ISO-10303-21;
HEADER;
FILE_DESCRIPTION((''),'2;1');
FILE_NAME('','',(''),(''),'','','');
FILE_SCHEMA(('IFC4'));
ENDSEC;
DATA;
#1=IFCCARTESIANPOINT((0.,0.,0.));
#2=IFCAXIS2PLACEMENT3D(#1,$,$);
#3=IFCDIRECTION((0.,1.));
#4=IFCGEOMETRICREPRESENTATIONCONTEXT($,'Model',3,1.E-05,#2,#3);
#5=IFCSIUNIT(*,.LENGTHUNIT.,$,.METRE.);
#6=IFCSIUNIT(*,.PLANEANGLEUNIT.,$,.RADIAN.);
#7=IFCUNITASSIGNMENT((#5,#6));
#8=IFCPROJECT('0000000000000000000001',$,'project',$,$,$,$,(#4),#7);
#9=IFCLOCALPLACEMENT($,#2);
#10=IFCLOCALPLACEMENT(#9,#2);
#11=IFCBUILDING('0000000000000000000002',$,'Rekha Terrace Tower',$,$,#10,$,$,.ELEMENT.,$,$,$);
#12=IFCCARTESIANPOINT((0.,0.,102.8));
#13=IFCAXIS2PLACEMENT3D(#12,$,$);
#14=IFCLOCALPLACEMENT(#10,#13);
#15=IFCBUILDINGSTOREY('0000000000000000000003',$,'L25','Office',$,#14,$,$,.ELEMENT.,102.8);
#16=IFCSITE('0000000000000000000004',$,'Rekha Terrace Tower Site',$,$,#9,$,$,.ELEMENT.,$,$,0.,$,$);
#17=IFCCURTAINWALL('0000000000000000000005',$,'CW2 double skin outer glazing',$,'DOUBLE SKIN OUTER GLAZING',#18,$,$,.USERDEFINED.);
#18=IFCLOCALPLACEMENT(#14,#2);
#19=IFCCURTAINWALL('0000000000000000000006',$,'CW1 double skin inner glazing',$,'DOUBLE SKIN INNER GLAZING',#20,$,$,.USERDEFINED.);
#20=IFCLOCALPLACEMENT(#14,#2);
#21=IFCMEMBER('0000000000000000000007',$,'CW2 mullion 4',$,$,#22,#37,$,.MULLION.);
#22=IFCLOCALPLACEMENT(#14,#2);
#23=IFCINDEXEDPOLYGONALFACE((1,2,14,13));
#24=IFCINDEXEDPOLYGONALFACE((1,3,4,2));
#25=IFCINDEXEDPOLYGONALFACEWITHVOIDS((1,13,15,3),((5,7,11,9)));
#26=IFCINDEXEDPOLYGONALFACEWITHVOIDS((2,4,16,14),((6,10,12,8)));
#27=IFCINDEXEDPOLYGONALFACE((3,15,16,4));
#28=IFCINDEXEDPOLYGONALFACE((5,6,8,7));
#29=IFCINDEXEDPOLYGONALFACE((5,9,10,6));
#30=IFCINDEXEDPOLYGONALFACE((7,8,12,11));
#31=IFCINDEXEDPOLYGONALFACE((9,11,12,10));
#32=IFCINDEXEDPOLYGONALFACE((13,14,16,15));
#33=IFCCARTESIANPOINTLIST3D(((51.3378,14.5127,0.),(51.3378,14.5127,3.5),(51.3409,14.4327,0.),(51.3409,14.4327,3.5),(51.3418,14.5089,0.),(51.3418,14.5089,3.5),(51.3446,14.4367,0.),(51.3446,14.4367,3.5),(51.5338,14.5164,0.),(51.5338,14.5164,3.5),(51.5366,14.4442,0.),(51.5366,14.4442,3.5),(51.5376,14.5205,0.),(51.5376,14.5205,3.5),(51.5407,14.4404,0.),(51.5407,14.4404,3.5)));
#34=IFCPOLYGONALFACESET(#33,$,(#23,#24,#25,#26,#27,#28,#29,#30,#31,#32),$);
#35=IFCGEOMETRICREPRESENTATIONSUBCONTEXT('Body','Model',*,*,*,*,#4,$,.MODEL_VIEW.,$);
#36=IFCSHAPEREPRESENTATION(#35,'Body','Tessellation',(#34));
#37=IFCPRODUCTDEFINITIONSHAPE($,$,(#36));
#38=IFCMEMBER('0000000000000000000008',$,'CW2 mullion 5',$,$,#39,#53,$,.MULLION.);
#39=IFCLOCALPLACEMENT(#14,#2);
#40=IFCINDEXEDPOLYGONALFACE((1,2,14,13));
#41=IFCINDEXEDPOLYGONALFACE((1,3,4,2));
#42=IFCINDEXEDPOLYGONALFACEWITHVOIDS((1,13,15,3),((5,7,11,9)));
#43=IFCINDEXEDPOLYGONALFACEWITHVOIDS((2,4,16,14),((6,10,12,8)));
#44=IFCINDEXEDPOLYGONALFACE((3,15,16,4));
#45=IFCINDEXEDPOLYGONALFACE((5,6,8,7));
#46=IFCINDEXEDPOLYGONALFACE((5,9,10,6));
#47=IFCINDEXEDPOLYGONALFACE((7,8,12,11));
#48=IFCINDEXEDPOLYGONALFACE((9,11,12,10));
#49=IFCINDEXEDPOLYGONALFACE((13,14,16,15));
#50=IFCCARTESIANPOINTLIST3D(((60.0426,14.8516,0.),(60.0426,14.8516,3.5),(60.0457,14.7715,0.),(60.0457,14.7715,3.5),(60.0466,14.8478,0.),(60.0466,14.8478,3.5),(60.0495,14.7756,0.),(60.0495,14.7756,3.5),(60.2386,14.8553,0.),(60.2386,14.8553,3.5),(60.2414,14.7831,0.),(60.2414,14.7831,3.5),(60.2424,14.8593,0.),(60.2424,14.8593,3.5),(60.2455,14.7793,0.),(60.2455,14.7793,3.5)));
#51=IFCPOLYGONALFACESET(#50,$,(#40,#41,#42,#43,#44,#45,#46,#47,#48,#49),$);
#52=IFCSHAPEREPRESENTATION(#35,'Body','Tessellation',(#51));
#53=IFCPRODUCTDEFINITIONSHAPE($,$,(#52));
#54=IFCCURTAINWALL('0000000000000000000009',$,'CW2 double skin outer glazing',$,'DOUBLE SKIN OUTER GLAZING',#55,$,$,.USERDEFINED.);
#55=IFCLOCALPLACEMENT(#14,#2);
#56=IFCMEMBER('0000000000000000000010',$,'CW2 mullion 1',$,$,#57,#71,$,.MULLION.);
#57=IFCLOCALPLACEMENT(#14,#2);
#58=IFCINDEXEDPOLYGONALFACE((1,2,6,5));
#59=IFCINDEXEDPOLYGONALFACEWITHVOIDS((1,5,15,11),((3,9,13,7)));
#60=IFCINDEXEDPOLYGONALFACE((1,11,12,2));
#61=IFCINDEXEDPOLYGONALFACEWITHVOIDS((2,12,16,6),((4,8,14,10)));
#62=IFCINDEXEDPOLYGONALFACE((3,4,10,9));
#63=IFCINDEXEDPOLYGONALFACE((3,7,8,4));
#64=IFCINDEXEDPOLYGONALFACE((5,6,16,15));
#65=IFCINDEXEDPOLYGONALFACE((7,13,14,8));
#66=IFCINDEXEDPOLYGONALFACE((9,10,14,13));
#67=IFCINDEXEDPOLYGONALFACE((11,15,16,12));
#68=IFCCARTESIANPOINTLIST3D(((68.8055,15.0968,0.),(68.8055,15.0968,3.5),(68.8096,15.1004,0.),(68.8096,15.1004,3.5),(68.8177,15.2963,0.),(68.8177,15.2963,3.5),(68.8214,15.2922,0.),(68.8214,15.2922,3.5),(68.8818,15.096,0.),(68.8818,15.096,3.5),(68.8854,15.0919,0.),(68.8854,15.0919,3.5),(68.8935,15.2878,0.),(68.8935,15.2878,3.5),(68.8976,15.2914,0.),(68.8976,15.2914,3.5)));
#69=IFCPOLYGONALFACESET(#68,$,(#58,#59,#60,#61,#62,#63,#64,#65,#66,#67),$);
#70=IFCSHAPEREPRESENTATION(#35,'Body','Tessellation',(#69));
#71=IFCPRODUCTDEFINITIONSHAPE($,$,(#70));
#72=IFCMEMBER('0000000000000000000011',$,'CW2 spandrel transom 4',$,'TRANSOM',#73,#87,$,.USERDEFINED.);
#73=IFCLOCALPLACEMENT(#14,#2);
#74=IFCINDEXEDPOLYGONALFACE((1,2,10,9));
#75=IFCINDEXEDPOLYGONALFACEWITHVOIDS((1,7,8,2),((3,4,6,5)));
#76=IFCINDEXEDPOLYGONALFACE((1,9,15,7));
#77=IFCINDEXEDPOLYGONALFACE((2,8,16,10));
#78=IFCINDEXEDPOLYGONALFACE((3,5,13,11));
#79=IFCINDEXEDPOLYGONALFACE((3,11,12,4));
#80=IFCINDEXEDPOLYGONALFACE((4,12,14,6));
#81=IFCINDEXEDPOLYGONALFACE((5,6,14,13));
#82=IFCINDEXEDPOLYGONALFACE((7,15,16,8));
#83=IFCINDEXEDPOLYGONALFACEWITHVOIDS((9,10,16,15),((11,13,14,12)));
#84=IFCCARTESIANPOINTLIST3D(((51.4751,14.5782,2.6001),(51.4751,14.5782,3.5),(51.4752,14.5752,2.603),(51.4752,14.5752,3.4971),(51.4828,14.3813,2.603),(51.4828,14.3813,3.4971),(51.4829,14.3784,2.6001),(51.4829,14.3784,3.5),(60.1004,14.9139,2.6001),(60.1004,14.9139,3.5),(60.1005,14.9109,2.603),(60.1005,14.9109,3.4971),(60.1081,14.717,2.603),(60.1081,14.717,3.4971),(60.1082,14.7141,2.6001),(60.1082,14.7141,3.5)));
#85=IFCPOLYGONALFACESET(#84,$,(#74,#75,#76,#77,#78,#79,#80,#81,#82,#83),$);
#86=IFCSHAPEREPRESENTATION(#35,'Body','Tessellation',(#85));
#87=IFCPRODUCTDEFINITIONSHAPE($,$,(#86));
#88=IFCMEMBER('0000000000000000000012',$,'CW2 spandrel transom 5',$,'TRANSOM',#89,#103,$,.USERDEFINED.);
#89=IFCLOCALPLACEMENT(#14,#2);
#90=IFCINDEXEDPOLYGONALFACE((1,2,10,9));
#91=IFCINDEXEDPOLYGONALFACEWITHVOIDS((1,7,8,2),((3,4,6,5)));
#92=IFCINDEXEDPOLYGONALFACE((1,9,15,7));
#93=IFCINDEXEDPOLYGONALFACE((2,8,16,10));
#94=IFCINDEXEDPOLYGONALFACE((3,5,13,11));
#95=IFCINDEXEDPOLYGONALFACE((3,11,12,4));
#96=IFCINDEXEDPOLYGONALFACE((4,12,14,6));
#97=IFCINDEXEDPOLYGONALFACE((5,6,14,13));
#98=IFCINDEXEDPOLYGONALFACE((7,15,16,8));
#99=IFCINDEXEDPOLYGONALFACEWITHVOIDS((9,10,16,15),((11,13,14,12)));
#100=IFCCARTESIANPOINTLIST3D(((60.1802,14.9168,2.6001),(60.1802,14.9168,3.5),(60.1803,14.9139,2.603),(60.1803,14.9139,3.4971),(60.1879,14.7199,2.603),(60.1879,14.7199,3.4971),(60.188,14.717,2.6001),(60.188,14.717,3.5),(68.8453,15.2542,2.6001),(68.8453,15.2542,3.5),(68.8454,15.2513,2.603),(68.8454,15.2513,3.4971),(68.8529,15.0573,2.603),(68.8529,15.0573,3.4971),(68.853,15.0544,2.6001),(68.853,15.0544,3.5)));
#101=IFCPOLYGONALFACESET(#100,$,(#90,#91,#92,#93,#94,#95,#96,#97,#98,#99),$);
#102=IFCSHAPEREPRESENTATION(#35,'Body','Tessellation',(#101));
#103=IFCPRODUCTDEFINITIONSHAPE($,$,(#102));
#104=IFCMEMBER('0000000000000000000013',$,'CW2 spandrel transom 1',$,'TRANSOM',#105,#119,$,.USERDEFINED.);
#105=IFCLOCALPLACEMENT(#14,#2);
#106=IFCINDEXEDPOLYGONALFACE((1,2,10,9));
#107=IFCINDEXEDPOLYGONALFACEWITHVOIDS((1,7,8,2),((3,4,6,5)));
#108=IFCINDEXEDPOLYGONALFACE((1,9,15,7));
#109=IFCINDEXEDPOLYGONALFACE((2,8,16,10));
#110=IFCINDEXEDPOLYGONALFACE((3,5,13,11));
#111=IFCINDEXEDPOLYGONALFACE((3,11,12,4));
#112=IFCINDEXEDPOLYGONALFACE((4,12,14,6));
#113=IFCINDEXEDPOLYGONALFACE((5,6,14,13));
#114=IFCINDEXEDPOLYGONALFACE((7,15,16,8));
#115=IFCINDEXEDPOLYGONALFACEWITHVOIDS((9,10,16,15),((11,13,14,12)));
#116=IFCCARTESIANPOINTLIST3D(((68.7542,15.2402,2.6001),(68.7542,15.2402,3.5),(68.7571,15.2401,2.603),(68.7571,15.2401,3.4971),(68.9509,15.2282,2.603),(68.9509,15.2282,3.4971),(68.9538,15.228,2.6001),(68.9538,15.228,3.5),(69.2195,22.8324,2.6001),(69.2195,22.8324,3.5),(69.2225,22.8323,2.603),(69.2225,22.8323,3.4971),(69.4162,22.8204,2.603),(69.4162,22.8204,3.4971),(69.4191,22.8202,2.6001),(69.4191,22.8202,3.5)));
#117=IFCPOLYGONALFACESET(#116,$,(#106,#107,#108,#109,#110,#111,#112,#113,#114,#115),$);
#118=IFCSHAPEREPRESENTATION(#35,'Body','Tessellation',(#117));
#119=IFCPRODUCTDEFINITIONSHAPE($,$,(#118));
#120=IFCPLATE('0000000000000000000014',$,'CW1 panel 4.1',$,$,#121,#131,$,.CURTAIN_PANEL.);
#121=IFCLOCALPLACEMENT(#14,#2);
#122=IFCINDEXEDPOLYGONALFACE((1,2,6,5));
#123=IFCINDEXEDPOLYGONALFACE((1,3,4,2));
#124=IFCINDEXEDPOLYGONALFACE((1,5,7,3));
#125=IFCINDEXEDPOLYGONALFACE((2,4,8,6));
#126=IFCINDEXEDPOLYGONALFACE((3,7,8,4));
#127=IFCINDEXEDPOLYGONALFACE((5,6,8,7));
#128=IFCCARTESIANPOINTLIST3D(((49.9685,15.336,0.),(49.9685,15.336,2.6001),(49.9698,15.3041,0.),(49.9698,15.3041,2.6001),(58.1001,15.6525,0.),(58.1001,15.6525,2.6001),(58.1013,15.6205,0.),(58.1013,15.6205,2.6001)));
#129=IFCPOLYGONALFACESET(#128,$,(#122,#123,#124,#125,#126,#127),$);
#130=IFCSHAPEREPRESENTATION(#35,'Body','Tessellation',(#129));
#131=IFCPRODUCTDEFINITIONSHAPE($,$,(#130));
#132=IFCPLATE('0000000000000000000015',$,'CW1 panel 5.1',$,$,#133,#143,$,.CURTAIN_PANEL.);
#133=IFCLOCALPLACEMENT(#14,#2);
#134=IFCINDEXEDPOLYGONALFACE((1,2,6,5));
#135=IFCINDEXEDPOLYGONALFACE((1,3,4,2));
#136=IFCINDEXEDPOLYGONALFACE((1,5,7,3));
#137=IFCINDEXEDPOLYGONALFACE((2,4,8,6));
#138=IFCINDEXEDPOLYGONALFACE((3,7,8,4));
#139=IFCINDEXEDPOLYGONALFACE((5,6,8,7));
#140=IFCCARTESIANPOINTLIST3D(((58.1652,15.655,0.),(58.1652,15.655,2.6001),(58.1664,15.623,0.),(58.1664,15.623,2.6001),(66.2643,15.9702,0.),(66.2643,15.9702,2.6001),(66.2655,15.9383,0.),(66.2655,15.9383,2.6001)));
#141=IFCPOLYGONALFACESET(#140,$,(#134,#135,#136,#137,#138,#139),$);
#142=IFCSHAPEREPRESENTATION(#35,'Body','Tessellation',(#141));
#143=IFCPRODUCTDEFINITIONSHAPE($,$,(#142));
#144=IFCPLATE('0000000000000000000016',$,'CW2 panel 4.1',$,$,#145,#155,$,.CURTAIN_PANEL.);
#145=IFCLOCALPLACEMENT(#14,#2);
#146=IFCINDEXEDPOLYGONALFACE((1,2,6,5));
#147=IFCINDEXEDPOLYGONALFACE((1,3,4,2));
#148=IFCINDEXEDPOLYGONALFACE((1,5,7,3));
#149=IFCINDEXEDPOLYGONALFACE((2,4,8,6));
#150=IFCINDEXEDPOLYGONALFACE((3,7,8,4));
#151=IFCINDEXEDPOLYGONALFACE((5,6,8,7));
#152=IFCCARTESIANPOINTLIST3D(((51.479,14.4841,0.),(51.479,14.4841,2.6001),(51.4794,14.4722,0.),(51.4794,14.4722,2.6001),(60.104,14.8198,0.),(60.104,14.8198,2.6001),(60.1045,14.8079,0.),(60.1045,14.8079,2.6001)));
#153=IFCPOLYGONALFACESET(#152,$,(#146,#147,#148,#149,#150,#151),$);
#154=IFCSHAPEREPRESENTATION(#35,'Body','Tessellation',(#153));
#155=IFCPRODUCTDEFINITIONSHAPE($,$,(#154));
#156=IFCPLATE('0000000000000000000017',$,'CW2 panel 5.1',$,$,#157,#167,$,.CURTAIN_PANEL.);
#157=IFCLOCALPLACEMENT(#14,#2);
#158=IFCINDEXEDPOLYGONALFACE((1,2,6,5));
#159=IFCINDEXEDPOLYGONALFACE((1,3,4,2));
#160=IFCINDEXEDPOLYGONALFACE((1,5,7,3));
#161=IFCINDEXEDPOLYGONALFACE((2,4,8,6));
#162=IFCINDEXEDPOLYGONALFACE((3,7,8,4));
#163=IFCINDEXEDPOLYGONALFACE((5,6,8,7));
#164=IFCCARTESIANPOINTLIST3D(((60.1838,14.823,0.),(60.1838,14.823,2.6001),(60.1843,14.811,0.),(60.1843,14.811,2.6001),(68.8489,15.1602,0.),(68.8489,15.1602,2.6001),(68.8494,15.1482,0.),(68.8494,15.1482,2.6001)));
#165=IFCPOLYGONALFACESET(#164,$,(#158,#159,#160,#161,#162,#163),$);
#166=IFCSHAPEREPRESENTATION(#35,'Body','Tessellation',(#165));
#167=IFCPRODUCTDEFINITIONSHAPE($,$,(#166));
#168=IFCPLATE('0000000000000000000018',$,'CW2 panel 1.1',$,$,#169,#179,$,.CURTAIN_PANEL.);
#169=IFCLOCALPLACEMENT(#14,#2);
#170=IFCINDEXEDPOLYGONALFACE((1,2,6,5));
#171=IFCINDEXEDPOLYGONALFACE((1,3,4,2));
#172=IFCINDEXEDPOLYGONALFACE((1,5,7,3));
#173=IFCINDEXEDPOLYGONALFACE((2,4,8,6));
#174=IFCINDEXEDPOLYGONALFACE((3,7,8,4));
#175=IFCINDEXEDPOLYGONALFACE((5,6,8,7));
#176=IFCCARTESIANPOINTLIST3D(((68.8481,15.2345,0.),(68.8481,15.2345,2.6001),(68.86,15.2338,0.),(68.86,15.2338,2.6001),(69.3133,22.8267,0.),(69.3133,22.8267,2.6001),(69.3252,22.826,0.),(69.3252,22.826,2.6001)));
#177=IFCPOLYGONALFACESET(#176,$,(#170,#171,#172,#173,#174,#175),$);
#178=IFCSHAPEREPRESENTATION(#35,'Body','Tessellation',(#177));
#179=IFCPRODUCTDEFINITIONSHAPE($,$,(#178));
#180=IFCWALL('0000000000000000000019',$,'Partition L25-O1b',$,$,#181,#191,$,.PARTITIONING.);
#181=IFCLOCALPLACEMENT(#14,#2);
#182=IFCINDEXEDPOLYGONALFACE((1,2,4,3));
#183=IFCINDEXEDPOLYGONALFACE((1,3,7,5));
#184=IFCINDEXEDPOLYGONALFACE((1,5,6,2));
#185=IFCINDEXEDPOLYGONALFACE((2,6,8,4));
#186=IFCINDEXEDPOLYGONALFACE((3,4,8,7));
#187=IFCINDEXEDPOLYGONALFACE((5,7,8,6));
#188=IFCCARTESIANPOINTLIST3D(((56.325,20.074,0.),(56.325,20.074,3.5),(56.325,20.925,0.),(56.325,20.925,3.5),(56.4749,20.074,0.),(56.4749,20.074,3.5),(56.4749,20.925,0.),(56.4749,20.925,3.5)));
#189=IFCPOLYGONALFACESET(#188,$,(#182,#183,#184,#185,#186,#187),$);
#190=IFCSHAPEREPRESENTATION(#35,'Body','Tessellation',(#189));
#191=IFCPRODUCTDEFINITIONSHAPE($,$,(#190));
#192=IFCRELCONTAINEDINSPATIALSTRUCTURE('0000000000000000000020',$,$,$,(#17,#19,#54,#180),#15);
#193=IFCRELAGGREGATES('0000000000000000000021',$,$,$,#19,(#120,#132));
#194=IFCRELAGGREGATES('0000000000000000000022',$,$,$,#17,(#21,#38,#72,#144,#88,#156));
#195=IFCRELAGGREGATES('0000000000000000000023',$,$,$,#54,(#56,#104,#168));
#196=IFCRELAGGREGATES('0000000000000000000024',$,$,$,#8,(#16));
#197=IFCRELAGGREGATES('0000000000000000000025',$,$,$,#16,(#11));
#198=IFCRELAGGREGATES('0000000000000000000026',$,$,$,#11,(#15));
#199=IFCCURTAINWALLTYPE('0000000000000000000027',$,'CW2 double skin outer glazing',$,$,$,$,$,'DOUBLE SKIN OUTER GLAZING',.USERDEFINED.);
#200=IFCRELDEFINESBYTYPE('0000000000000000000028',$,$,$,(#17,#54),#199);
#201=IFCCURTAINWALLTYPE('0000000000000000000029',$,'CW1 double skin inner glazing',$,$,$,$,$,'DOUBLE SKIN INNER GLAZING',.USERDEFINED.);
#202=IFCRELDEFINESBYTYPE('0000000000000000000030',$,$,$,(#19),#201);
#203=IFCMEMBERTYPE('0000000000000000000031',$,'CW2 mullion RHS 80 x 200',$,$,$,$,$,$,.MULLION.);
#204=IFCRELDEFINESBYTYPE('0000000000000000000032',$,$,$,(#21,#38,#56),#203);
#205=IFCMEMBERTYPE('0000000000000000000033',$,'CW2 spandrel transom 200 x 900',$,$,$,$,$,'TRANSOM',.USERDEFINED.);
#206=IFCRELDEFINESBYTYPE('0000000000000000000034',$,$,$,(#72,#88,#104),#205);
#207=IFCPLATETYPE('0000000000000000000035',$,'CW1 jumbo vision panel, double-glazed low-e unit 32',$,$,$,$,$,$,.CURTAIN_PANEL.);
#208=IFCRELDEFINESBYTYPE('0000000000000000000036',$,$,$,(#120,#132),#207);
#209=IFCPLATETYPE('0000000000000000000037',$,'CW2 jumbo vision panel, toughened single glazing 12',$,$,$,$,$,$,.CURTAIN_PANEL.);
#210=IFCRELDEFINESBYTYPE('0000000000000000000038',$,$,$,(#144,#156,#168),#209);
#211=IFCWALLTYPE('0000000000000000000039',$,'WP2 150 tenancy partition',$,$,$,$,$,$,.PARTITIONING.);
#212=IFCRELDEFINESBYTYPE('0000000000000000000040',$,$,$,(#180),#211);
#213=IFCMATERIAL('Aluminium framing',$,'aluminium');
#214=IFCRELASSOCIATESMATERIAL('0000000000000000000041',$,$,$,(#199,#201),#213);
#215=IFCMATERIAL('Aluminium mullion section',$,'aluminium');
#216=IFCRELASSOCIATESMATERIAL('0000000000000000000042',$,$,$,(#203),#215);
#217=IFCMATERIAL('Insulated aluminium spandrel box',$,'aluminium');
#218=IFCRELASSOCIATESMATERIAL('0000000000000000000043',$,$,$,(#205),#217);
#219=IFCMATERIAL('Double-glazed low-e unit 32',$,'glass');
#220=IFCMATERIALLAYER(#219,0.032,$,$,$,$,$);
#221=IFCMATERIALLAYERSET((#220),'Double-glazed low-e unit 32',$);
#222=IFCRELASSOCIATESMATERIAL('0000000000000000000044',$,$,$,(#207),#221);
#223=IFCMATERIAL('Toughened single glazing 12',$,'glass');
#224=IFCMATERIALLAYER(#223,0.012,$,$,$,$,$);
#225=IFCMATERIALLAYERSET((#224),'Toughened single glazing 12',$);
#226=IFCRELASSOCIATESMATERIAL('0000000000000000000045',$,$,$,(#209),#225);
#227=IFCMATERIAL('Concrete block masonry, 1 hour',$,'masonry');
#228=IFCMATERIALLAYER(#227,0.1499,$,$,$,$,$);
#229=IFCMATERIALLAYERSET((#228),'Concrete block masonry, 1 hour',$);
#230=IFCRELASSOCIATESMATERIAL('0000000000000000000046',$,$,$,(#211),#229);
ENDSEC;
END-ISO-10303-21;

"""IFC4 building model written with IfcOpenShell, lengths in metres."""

from ifc_helpers import new_model, si_unit, direction, frame, frame_2d, origin, origin_2d, place, context, subcontext, project, spatial, rectangle, hollow_rectangle, extrude, material, layer, layer_set, material_profile, profile_set, type_object, element, aggregate, save


model = new_model("IFC4")

# Units and contexts
model_context = context("Model", 3, precision=1e-05, world=origin(), true_north=direction((0.0, 1.0)))
body_context = subcontext(model_context, "Body", "Model", "MODEL_VIEW")
ifc_project = project(units=[si_unit("LENGTHUNIT", "METRE"), si_unit("PLANEANGLEUNIT", "RADIAN")], contexts=[model_context])

# Site, building, storey
site_placement = place(None, origin())
site = spatial("IfcSite", under=ifc_project, at=site_placement, Name="Rekha Terrace Tower Site", CompositionType="ELEMENT", RefElevation=0.0)
building_placement = place(site_placement, origin())
building = spatial("IfcBuilding", under=site, at=building_placement, Name="Rekha Terrace Tower", CompositionType="ELEMENT")
storey_placement = place(building_placement, frame((0.0, 0.0, 102.8)))
storey = spatial("IfcBuildingStorey", under=building, at=storey_placement, Name="L25", Description="Office", CompositionType="ELEMENT", Elevation=102.8)

# Curtain walls
ifc_material_1 = material(Name="Aluminium framing", Category="aluminium")
curtain_wall_type_1 = type_object("IfcCurtainWallType", Name="CW2 double skin outer glazing", ElementType="DOUBLE SKIN OUTER GLAZING", PredefinedType="USERDEFINED", material=ifc_material_1)
curtain_wall_1_placement = place(storey_placement, origin())
curtain_wall_1 = element("IfcCurtainWall", 1, at=curtain_wall_1_placement, inside=storey, type_object=curtain_wall_type_1, Name="CW2 double skin outer glazing", ObjectType="DOUBLE SKIN OUTER GLAZING", PredefinedType="USERDEFINED")
curtain_wall_type_2 = type_object("IfcCurtainWallType", Name="CW1 double skin inner glazing", ElementType="DOUBLE SKIN INNER GLAZING", PredefinedType="USERDEFINED", material=ifc_material_1)
curtain_wall_2_placement = place(storey_placement, origin())
curtain_wall_2 = element("IfcCurtainWall", 2, at=curtain_wall_2_placement, inside=storey, type_object=curtain_wall_type_2, Name="CW1 double skin inner glazing", ObjectType="DOUBLE SKIN INNER GLAZING", PredefinedType="USERDEFINED")
ifc_material_2 = material(Name="Aluminium mullion section", Category="aluminium")

# Members
ifc_material_3 = material(Name="Insulated aluminium spandrel box", Category="aluminium")
ifc_material_profile_1 = material_profile(ifc_material_2, hollow_rectangle(XDim=0.0801, YDim=0.2, WallThickness=0.0039, at=origin_2d()), Name="AL RHS 80x200")
ifc_profile_set_1 = profile_set([ifc_material_profile_1], Name="Aluminium mullion section")
member_type_1 = type_object("IfcMemberType", Name="CW2 mullion RHS 80 x 200", PredefinedType="MULLION", material=ifc_profile_set_1)
member_1_placement = place(storey_placement, frame((51.4392, 14.4766, 0.0), z_axis=(0.0, 0.0, 1.0), x_axis=(-0.03889, 0.999243, 0.0)))
member_1 = element("IfcMember", 3, at=member_1_placement, type_object=member_type_1, Name="CW2 mullion 4", PredefinedType="MULLION", context=body_context, shape_type="SweptSolid", body=[
    extrude(hollow_rectangle(XDim=0.0801, YDim=0.2, WallThickness=0.0039, at=origin_2d()), origin(), (0.0, 0.0, 1.0), 3.5),
])
member_2_placement = place(storey_placement, frame((60.144, 14.8154, 0.0), z_axis=(0.0, 0.0, 1.0), x_axis=(-0.03889, 0.999243, 0.0)))
member_2 = element("IfcMember", 4, at=member_2_placement, type_object=member_type_1, Name="CW2 mullion 5", PredefinedType="MULLION", context=body_context, shape_type="SweptSolid", body=[
    extrude(hollow_rectangle(XDim=0.0801, YDim=0.2, WallThickness=0.0039, at=origin_2d()), origin(), (0.0, 0.0, 1.0), 3.5),
])

# Curtain wall, member
curtain_wall_3_placement = place(storey_placement, origin())
curtain_wall_3 = element("IfcCurtainWall", 5, at=curtain_wall_3_placement, inside=storey, type_object=curtain_wall_type_1, Name="CW2 double skin outer glazing", ObjectType="DOUBLE SKIN OUTER GLAZING", PredefinedType="USERDEFINED")
member_3_placement = place(storey_placement, frame((68.8516, 15.1941, 0.0), z_axis=(0.0, 0.0, 1.0), x_axis=(-0.998128, 0.06116, 0.0)))
member_3 = element("IfcMember", 6, at=member_3_placement, type_object=member_type_1, Name="CW2 mullion 1", PredefinedType="MULLION", context=body_context, shape_type="SweptSolid", body=[
    extrude(hollow_rectangle(XDim=0.0801, YDim=0.2, WallThickness=0.0039, at=origin_2d()), origin(), (0.0, 0.0, 1.0), 3.5),
])

# Members
ifc_material_profile_2 = material_profile(ifc_material_3, hollow_rectangle(XDim=0.2, YDim=0.8999, WallThickness=0.0029, at=origin_2d()), Name="AL SPANDREL BOX 200x900")
ifc_profile_set_2 = profile_set([ifc_material_profile_2], Name="Insulated aluminium spandrel box")
member_type_2 = type_object("IfcMemberType", Name="CW2 spandrel transom 200 x 900", ElementType="TRANSOM", PredefinedType="USERDEFINED", material=ifc_profile_set_2)
member_4_placement = place(storey_placement, frame((51.479, 14.4783, 3.05), z_axis=(0.999243, 0.03889, 0.0), x_axis=(-0.03889, 0.999243, 0.0)))
member_4 = element("IfcMember", 7, at=member_4_placement, type_object=member_type_2, Name="CW2 spandrel transom 4", ObjectType="TRANSOM", PredefinedType="USERDEFINED", context=body_context, shape_type="SweptSolid", body=[
    extrude(hollow_rectangle(XDim=0.2, YDim=0.8999, WallThickness=0.0029, at=origin_2d()), origin(), (0.0, 0.0, 1.0), 8.6318),
])
member_5_placement = place(storey_placement, frame((60.1841, 14.8169, 3.05), z_axis=(0.999243, 0.038909, 0.0), x_axis=(-0.038909, 0.999243, 0.0)))
member_5 = element("IfcMember", 8, at=member_5_placement, type_object=member_type_2, Name="CW2 spandrel transom 5", ObjectType="TRANSOM", PredefinedType="USERDEFINED", context=body_context, shape_type="SweptSolid", body=[
    extrude(hollow_rectangle(XDim=0.2, YDim=0.8999, WallThickness=0.0029, at=origin_2d()), origin(), (0.0, 0.0, 1.0), 8.6716),
])
member_6_placement = place(storey_placement, frame((68.854, 15.2341, 3.05), z_axis=(0.061175, 0.998127, 0.0), x_axis=(-0.998127, 0.061175, 0.0)))
member_6 = element("IfcMember", 9, at=member_6_placement, type_object=member_type_2, Name="CW2 spandrel transom 1", ObjectType="TRANSOM", PredefinedType="USERDEFINED", context=body_context, shape_type="SweptSolid", body=[
    extrude(hollow_rectangle(XDim=0.2, YDim=0.8999, WallThickness=0.0029, at=origin_2d()), origin(), (0.0, 0.0, 1.0), 7.6064),
])

# Plates
ifc_material_4 = material(Name="Double-glazed low-e unit 32", Category="glass")
ifc_layer_1 = layer(ifc_material_4, 0.032)
ifc_layer_set_1 = layer_set([ifc_layer_1], Name="Double-glazed low-e unit 32")
plate_type_1 = type_object("IfcPlateType", Name="CW1 jumbo vision panel, double-glazed low-e unit 32", PredefinedType="CURTAIN_PANEL", material=ifc_layer_set_1)
plate_1_placement = place(storey_placement, frame((54.0349, 15.4783, 0.0), z_axis=(0.0, 0.0, 1.0), x_axis=(0.999243, 0.03889, 0.0)))
plate_1 = element("IfcPlate", 10, at=plate_1_placement, type_object=plate_type_1, Name="CW1 panel 4.1", PredefinedType="CURTAIN_PANEL", context=body_context, shape_type="SweptSolid", body=[
    extrude(rectangle(XDim=8.1377, YDim=0.032, at=origin_2d()), origin(), (0.0, 0.0, 1.0), 2.6001),
])
plate_2_placement = place(storey_placement, frame((62.2153, 15.7966, 0.0), z_axis=(0.0, 0.0, 1.0), x_axis=(0.999243, 0.03889, 0.0)))
plate_2 = element("IfcPlate", 11, at=plate_2_placement, type_object=plate_type_1, Name="CW1 panel 5.1", PredefinedType="CURTAIN_PANEL", context=body_context, shape_type="SweptSolid", body=[
    extrude(rectangle(XDim=8.1052, YDim=0.032, at=origin_2d()), origin(), (0.0, 0.0, 1.0), 2.6001),
])
aggregate(curtain_wall_2, [plate_1, plate_2])
ifc_material_5 = material(Name="Toughened single glazing 12", Category="glass")
ifc_layer_2 = layer(ifc_material_5, 0.012)
ifc_layer_set_2 = layer_set([ifc_layer_2], Name="Toughened single glazing 12")
plate_type_2 = type_object("IfcPlateType", Name="CW2 jumbo vision panel, toughened single glazing 12", PredefinedType="CURTAIN_PANEL", material=ifc_layer_set_2)
plate_3_placement = place(storey_placement, frame((55.7917, 14.646, 0.0), z_axis=(0.0, 0.0, 1.0), x_axis=(0.999243, 0.03889, 0.0)))
plate_3 = element("IfcPlate", 12, at=plate_3_placement, type_object=plate_type_2, Name="CW2 panel 4.1", PredefinedType="CURTAIN_PANEL", context=body_context, shape_type="SweptSolid", body=[
    extrude(rectangle(XDim=8.6316, YDim=0.012, at=origin_2d()), origin(), (0.0, 0.0, 1.0), 2.6001),
])
plate_4_placement = place(storey_placement, frame((64.5166, 14.9856, 0.0), z_axis=(0.0, 0.0, 1.0), x_axis=(0.999243, 0.03889, 0.0)))
plate_4 = element("IfcPlate", 13, at=plate_4_placement, type_object=plate_type_2, Name="CW2 panel 5.1", PredefinedType="CURTAIN_PANEL", context=body_context, shape_type="SweptSolid", body=[
    extrude(rectangle(XDim=8.6716, YDim=0.012, at=origin_2d()), origin(), (0.0, 0.0, 1.0), 2.6001),
])
aggregate(curtain_wall_1, [member_1, member_2, member_4, plate_3, member_5, plate_4])
plate_5_placement = place(storey_placement, frame((69.0867, 19.0303, 0.0), z_axis=(0.0, 0.0, 1.0), x_axis=(0.06116, 0.998128, 0.0)))
plate_5 = element("IfcPlate", 14, at=plate_5_placement, type_object=plate_type_2, Name="CW2 panel 1.1", PredefinedType="CURTAIN_PANEL", context=body_context, shape_type="SweptSolid", body=[
    extrude(rectangle(XDim=7.6064, YDim=0.012, at=origin_2d()), origin(), (0.0, 0.0, 1.0), 2.6001),
])
aggregate(curtain_wall_3, [member_3, member_6, plate_5])

# Wall
ifc_material_6 = material(Name="Concrete block masonry, 1 hour", Category="masonry")
ifc_layer_3 = layer(ifc_material_6, 0.1499)
ifc_layer_set_3 = layer_set([ifc_layer_3], Name="Concrete block masonry, 1 hour")
wall_type_1 = type_object("IfcWallType", Name="WP2 150 tenancy partition", PredefinedType="PARTITIONING", material=ifc_layer_set_3)
wall_1_placement = place(storey_placement, frame((56.3999, 20.074, 0.0), z_axis=(0.0, 0.0, 1.0), x_axis=(0.0, 1.0, 0.0)))
element("IfcWall", 15, at=wall_1_placement, inside=storey, type_object=wall_type_1, Name="Partition L25-O1b", PredefinedType="PARTITIONING", context=body_context, shape_type="SweptSolid", body=[
    extrude(rectangle(XDim=0.8511, YDim=0.1499, at=frame_2d((0.4255, 0.0))), origin(), (0.0, 0.0, 1.0), 3.5),
])

save(model, "model.ifc")
